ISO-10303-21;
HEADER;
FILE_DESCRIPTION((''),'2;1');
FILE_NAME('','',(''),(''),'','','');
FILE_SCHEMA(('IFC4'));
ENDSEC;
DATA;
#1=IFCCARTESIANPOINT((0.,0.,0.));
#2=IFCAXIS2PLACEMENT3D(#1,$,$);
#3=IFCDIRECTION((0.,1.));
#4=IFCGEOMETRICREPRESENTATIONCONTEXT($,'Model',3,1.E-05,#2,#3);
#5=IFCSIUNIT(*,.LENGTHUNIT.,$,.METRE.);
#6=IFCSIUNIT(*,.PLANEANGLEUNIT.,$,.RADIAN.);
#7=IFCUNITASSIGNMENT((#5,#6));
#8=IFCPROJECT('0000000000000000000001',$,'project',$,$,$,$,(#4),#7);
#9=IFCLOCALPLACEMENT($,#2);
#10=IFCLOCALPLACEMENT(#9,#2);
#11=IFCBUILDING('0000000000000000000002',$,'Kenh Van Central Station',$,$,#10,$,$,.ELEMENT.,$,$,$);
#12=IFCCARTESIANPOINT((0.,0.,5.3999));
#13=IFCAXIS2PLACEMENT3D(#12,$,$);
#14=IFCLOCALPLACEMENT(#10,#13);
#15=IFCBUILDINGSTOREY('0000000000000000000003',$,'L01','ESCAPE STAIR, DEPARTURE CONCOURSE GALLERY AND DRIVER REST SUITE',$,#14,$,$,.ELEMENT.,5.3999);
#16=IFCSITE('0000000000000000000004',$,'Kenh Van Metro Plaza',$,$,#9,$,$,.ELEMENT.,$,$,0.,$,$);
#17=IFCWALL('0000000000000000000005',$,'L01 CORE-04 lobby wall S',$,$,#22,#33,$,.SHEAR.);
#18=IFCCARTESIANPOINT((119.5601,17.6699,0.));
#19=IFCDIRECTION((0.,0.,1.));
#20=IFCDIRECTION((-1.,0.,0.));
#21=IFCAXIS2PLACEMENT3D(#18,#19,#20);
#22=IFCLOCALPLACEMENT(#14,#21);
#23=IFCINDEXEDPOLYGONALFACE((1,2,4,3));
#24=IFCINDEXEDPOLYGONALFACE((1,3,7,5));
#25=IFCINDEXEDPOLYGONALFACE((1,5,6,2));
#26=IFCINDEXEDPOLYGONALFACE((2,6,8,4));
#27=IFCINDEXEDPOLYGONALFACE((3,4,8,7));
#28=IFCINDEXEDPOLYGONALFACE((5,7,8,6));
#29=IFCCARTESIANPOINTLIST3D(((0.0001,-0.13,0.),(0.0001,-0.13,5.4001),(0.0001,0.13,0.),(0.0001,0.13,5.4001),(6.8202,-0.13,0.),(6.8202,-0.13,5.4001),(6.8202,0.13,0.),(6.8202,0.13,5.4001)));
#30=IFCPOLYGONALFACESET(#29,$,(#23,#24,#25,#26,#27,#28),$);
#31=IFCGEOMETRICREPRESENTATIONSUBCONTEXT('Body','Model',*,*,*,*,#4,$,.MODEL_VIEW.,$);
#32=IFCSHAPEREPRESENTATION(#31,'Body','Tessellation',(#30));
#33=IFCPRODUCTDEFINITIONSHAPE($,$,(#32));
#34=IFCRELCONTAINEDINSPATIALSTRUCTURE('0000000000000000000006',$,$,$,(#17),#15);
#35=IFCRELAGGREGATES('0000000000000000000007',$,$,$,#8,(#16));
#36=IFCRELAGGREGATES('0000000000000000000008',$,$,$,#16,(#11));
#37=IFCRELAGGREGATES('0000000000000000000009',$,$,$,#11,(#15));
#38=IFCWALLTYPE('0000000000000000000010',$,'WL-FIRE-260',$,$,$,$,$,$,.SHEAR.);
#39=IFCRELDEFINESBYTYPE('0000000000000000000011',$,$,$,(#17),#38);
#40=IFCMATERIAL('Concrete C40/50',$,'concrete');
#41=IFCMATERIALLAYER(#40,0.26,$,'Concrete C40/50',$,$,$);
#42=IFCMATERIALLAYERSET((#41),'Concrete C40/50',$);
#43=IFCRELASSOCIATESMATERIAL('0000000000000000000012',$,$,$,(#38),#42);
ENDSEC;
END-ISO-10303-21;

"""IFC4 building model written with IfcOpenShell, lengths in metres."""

from ifc_helpers import new_model, si_unit, direction, frame, frame_2d, origin, place, context, subcontext, project, spatial, rectangle, extrude, material, layer, layer_set, type_object, element, save


model = new_model("IFC4")

# Units and contexts
model_context = context("Model", 3, precision=1e-05, world=origin(), true_north=direction((0.0, 1.0)))
body_context = subcontext(model_context, "Body", "Model", "MODEL_VIEW")
ifc_project = project(units=[si_unit("LENGTHUNIT", "METRE"), si_unit("PLANEANGLEUNIT", "RADIAN")], contexts=[model_context])

# Site, building, storey
site_placement = place(None, origin())
site = spatial("IfcSite", under=ifc_project, at=site_placement, Name="Kenh Van Metro Plaza", CompositionType="ELEMENT", RefElevation=0.0)
building_placement = place(site_placement, origin())
building = spatial("IfcBuilding", under=site, at=building_placement, Name="Kenh Van Central Station", CompositionType="ELEMENT")
storey_placement = place(building_placement, frame((0.0, 0.0, 5.3999)))
storey = spatial("IfcBuildingStorey", under=building, at=storey_placement, Name="L01", Description="ESCAPE STAIR, DEPARTURE CONCOURSE GALLERY AND DRIVER REST SUITE", CompositionType="ELEMENT", Elevation=5.3999)

# Shared definitions
ifc_material_1 = material(Name="Concrete C40/50", Category="concrete")

# Wall
ifc_layer_1 = layer(ifc_material_1, 0.26, Name="Concrete C40/50")
ifc_layer_set_1 = layer_set([ifc_layer_1], Name="Concrete C40/50")
wall_type_1 = type_object("IfcWallType", Name="WL-FIRE-260", PredefinedType="SHEAR", material=ifc_layer_set_1)
wall_1_placement = place(storey_placement, frame((119.5601, 17.6699, 0.0), z_axis=(0.0, 0.0, 1.0), x_axis=(-1.0, 0.0, 0.0)))
element("IfcWall", 1, at=wall_1_placement, inside=storey, type_object=wall_type_1, Name="L01 CORE-04 lobby wall S", PredefinedType="SHEAR", context=body_context, shape_type="SweptSolid", body=[
    extrude(rectangle(XDim=6.8201, YDim=0.26, at=frame_2d((3.4102, 0.0))), origin(), (0.0, 0.0, 1.0), 5.4001),
])

save(model, "model.ifc")
